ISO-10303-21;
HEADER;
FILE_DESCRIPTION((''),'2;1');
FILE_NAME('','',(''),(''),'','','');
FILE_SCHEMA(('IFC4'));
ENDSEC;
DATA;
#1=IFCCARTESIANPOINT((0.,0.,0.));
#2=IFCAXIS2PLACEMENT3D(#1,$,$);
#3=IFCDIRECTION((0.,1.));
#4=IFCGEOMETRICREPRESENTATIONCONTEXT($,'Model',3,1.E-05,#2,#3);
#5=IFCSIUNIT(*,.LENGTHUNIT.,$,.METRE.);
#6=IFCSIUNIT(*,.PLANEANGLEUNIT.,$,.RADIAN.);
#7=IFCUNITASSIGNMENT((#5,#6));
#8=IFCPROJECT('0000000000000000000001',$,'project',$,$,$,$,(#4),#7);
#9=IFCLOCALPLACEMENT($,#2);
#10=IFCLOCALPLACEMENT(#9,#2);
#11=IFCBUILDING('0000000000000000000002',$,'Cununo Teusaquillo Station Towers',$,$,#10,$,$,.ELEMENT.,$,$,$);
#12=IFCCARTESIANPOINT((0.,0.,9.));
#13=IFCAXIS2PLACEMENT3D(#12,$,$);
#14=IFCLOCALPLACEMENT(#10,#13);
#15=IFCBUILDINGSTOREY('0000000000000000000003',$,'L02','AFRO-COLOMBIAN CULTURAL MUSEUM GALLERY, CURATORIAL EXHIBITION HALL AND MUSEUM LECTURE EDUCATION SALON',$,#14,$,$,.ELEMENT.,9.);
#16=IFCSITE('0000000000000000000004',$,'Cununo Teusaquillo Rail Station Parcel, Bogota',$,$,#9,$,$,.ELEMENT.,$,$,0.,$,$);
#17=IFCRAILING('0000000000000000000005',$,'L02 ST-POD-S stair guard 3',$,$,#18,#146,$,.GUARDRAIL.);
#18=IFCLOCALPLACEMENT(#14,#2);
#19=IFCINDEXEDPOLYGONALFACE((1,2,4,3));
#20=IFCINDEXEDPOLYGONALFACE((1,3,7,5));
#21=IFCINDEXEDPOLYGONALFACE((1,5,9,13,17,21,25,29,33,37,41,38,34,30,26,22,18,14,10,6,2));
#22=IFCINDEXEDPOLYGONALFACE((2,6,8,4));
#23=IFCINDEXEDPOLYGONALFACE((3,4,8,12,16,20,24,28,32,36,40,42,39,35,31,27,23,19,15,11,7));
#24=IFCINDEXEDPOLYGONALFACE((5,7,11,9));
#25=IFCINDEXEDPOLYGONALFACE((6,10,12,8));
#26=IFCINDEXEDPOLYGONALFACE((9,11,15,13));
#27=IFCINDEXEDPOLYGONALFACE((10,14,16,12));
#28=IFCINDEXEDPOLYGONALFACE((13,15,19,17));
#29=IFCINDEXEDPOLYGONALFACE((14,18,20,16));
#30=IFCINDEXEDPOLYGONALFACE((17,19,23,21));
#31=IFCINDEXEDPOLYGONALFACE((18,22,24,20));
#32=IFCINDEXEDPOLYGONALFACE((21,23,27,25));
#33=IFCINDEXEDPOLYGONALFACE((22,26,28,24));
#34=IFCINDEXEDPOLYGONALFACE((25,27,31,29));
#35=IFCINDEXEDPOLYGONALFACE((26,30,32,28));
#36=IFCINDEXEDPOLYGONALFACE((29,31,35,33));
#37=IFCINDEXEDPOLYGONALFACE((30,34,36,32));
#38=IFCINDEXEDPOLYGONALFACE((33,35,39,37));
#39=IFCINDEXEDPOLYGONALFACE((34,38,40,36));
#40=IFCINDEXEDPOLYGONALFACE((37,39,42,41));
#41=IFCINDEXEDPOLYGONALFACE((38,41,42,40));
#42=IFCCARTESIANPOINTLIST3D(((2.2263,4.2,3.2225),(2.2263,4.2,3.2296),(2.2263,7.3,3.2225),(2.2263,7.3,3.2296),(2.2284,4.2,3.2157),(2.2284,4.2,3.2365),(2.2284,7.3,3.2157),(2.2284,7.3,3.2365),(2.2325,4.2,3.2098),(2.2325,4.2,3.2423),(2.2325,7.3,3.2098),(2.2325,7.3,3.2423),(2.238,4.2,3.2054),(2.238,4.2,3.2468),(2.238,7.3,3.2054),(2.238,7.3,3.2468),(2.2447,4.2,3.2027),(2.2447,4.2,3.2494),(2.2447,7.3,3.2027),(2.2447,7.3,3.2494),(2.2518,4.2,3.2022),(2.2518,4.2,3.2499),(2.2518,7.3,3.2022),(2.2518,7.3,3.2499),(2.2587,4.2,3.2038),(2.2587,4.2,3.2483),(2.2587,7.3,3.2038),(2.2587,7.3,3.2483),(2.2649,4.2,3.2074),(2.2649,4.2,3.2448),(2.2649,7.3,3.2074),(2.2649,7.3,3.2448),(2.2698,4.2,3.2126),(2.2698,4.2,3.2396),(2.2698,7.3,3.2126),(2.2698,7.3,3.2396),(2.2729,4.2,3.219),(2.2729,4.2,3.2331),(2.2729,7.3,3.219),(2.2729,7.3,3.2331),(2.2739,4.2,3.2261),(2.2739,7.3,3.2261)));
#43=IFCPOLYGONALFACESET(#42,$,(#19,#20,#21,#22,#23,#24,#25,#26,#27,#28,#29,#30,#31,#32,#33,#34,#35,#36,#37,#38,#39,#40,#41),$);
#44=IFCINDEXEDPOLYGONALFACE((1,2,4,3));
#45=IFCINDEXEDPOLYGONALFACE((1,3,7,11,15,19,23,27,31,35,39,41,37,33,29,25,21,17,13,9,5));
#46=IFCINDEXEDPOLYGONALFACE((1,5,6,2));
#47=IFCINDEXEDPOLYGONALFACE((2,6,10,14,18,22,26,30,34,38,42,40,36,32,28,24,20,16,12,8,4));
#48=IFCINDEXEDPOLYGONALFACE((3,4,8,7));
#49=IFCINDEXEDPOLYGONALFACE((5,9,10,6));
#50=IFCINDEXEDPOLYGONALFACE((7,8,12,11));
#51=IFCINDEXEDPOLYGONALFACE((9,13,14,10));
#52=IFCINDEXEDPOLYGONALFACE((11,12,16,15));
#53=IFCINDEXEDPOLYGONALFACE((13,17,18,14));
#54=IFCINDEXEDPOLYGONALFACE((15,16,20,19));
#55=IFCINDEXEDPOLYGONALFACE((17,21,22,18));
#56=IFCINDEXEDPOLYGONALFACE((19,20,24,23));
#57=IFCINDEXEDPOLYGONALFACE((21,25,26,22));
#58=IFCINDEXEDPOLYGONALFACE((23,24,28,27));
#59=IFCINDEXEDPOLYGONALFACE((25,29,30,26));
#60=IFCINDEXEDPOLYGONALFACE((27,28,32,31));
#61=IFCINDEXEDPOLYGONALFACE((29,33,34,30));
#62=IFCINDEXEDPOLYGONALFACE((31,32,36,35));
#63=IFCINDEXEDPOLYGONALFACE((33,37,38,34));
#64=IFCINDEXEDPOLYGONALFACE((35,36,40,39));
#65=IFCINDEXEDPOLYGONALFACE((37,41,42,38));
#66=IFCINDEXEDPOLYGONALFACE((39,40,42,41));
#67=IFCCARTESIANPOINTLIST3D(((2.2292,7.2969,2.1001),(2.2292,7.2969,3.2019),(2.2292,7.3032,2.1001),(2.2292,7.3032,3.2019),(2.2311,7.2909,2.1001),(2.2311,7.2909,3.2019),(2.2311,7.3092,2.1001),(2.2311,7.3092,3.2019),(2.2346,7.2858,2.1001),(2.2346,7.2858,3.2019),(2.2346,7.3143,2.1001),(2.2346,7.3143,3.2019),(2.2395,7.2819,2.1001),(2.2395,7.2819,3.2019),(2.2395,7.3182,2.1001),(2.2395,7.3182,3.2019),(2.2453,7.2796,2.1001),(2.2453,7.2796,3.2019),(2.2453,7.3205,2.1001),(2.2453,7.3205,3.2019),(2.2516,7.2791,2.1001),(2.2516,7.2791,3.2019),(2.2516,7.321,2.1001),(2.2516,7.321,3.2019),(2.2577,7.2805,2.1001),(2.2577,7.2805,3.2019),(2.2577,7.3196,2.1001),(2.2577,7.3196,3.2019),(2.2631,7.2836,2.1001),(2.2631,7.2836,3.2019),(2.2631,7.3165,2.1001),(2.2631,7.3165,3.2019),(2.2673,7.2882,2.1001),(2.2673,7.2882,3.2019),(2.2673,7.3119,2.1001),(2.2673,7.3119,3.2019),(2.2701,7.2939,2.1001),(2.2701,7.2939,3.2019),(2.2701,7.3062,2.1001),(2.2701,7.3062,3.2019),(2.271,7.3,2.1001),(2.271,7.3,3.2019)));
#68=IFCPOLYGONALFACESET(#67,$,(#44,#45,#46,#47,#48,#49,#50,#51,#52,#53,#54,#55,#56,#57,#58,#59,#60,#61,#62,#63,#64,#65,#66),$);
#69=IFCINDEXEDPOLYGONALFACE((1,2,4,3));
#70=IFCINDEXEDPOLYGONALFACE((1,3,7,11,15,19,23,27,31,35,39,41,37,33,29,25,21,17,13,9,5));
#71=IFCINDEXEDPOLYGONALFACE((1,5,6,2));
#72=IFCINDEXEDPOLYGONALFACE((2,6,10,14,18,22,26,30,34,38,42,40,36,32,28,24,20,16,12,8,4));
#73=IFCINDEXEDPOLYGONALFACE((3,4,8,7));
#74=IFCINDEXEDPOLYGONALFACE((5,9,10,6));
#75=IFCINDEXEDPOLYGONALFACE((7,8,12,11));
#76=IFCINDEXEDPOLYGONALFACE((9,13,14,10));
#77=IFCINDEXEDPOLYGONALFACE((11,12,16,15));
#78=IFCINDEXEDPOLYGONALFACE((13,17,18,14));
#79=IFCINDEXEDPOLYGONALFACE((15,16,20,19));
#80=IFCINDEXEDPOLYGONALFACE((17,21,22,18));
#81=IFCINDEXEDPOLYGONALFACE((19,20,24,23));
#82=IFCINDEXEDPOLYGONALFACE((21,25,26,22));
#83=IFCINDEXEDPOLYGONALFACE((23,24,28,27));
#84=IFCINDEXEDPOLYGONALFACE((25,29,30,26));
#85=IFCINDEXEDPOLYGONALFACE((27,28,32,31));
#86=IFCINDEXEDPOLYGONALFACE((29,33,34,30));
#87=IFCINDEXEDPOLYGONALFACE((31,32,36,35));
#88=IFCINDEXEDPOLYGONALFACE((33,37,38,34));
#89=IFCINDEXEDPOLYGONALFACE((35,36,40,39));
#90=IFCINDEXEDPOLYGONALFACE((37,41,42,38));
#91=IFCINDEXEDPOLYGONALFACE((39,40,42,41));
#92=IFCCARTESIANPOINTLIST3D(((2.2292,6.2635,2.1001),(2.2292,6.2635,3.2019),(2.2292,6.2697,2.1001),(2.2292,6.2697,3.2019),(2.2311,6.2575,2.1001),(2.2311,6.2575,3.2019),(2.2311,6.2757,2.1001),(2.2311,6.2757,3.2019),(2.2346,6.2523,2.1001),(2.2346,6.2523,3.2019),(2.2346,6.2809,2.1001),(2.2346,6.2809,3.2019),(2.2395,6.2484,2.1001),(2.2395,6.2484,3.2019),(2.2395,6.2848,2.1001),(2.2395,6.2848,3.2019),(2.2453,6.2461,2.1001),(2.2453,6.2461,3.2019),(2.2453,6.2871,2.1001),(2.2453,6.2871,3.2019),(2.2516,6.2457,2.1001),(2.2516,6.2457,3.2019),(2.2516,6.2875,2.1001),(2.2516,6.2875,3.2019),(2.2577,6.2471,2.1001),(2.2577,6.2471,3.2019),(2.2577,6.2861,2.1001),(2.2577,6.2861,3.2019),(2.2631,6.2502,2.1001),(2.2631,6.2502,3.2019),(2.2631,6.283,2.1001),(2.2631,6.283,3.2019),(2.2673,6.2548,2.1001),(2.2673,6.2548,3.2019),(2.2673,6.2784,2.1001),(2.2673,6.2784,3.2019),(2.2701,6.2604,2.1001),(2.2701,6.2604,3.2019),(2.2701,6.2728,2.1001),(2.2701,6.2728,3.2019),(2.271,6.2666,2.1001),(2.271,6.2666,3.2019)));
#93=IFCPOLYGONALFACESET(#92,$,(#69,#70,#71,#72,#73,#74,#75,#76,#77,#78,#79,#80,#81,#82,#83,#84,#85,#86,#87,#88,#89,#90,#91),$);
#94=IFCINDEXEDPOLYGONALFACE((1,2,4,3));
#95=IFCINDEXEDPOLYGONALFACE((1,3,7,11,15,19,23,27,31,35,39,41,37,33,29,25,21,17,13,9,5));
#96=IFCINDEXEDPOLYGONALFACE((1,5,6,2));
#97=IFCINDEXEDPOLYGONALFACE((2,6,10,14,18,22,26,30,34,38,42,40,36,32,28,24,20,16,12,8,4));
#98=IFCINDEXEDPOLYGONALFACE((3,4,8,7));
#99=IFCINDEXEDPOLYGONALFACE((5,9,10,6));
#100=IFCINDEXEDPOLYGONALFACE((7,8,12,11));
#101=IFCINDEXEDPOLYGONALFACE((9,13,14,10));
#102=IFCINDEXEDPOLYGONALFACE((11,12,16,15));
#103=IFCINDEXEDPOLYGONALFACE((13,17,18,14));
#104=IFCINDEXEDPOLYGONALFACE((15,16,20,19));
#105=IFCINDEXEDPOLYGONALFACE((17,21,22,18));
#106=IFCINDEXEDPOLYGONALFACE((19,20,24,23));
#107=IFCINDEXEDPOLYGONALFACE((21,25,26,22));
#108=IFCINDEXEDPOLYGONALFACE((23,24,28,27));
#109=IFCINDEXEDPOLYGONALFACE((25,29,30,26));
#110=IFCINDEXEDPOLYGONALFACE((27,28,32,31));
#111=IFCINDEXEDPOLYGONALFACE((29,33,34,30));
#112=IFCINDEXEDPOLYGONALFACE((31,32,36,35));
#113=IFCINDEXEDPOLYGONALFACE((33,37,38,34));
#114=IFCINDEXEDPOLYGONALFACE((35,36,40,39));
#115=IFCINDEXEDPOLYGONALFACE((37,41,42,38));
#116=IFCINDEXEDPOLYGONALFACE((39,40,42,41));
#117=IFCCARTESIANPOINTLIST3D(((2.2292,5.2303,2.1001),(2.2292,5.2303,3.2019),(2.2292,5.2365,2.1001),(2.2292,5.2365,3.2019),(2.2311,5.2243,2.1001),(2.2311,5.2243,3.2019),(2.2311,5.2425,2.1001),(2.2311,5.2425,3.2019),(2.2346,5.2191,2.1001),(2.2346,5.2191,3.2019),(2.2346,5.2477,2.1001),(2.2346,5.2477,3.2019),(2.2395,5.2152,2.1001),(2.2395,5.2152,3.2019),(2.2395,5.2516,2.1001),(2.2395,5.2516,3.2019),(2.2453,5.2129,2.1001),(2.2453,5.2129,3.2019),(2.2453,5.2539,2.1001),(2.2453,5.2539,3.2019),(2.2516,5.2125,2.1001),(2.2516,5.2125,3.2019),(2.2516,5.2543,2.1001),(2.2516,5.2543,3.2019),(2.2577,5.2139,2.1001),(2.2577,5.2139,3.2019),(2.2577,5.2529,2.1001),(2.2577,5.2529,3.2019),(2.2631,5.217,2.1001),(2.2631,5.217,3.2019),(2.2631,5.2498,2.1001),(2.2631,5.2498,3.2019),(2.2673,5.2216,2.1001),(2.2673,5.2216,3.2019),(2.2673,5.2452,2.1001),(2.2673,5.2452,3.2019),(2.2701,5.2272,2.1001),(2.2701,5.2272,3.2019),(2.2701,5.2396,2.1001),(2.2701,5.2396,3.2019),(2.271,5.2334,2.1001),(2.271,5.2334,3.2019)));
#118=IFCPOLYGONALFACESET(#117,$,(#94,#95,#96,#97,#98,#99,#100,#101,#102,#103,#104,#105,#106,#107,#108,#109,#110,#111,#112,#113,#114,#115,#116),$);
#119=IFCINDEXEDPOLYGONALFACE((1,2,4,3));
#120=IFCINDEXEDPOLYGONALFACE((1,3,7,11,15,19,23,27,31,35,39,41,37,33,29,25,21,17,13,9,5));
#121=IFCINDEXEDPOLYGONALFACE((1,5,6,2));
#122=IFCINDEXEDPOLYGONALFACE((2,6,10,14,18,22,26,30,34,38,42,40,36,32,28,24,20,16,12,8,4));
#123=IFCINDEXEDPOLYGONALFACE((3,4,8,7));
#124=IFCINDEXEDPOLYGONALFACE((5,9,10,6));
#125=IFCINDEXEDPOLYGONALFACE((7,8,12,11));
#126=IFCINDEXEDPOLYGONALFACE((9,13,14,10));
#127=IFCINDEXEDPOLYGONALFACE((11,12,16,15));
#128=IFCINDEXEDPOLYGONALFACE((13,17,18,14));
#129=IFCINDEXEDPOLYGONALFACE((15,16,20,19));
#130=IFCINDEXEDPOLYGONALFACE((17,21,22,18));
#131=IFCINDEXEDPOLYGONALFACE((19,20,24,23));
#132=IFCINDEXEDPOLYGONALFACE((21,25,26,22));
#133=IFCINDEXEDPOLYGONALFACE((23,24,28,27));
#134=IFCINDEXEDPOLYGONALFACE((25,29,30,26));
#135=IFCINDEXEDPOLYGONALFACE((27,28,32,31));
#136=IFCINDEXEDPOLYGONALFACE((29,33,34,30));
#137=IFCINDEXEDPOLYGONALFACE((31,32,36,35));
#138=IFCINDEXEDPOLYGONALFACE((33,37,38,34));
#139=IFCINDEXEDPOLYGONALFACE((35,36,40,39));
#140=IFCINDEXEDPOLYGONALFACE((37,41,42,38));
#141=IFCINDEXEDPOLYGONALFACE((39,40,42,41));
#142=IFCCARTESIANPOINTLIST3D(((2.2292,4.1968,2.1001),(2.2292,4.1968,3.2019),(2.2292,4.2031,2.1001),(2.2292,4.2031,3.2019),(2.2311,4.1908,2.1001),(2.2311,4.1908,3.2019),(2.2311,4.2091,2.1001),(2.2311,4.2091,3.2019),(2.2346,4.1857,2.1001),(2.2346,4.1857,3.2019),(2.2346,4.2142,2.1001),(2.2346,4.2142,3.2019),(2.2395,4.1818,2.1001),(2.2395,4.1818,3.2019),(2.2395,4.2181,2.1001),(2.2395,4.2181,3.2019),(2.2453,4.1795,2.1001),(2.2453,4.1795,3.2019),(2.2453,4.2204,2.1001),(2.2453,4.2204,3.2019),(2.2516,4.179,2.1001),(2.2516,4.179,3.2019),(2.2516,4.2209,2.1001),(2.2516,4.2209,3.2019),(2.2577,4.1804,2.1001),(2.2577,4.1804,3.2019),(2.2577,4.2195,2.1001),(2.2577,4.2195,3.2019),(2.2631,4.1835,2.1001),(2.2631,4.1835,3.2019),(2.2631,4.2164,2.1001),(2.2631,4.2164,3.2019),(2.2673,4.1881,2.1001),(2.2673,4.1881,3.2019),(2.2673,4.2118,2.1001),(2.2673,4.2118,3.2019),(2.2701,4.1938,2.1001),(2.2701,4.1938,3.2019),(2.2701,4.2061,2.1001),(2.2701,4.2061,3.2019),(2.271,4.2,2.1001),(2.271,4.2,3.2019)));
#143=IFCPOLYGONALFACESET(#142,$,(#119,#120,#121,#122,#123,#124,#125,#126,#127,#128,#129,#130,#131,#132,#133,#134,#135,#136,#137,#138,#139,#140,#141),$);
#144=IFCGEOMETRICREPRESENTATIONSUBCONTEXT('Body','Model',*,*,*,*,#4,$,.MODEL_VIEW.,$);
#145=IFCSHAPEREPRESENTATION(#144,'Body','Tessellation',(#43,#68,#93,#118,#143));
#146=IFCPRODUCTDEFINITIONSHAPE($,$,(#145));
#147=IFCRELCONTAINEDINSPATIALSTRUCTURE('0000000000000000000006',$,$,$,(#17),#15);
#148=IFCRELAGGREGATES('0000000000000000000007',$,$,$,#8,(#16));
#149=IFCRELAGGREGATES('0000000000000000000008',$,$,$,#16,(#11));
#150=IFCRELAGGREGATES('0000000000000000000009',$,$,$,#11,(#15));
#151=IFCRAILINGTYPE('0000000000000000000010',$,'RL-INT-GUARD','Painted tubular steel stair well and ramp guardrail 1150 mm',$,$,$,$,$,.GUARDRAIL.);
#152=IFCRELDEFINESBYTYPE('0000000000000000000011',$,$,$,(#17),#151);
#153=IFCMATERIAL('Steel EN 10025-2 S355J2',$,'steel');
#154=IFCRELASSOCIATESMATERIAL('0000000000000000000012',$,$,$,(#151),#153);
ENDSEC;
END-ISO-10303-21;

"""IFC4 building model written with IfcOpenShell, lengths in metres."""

from ifc_helpers import new_model, si_unit, direction, frame, origin, origin_2d, place, context, subcontext, project, spatial, circle, extrude, material, type_object, element, save


model = new_model("IFC4")

# Units and contexts
model_context = context("Model", 3, precision=1e-05, world=origin(), true_north=direction((0.0, 1.0)))
body_context = subcontext(model_context, "Body", "Model", "MODEL_VIEW")
ifc_project = project(units=[si_unit("LENGTHUNIT", "METRE"), si_unit("PLANEANGLEUNIT", "RADIAN")], contexts=[model_context])

# Site, building, storey
site_placement = place(None, origin())
site = spatial("IfcSite", under=ifc_project, at=site_placement, Name="Cununo Teusaquillo Rail Station Parcel, Bogota", CompositionType="ELEMENT", RefElevation=0.0)
building_placement = place(site_placement, origin())
building = spatial("IfcBuilding", under=site, at=building_placement, Name="Cununo Teusaquillo Station Towers", CompositionType="ELEMENT")
storey_placement = place(building_placement, frame((0.0, 0.0, 9.0)))
storey = spatial("IfcBuildingStorey", under=building, at=storey_placement, Name="L02", Description="AFRO-COLOMBIAN CULTURAL MUSEUM GALLERY, CURATORIAL EXHIBITION HALL AND MUSEUM LECTURE EDUCATION SALON", CompositionType="ELEMENT", Elevation=9.0)

# Railing
ifc_material_1 = material(Name="Steel EN 10025-2 S355J2", Category="steel")
railing_type_1 = type_object("IfcRailingType", Name="RL-INT-GUARD", Description="Painted tubular steel stair well and ramp guardrail 1150 mm", PredefinedType="GUARDRAIL", material=ifc_material_1)
railing_1_placement = place(storey_placement, frame((2.25, 7.3, 2.1001)))
element("IfcRailing", 1, at=railing_1_placement, inside=storey, type_object=railing_type_1, Name="L02 ST-POD-S stair guard 3", PredefinedType="GUARDRAIL", context=body_context, shape_type="SweptSolid", body=[
    extrude(circle(Radius=0.0239, at=origin_2d()), frame((0.0, 0.0, 1.126), z_axis=(0.0, -1.0, 0.0), x_axis=(1.0, 0.0, 0.0)), (0.0, 0.0, 1.0), 3.1001),
    extrude(circle(Radius=0.021, at=origin_2d()), origin(), (0.0, 0.0, 1.0), 1.1018),
    extrude(circle(Radius=0.021, at=origin_2d()), frame((0.0, -1.0334, 0.0)), (0.0, 0.0, 1.0), 1.1018),
    extrude(circle(Radius=0.021, at=origin_2d()), frame((0.0, -2.0667, 0.0)), (0.0, 0.0, 1.0), 1.1018),
    extrude(circle(Radius=0.021, at=origin_2d()), frame((0.0, -3.1001, 0.0)), (0.0, 0.0, 1.0), 1.1018),
])

save(model, "model.ifc")
